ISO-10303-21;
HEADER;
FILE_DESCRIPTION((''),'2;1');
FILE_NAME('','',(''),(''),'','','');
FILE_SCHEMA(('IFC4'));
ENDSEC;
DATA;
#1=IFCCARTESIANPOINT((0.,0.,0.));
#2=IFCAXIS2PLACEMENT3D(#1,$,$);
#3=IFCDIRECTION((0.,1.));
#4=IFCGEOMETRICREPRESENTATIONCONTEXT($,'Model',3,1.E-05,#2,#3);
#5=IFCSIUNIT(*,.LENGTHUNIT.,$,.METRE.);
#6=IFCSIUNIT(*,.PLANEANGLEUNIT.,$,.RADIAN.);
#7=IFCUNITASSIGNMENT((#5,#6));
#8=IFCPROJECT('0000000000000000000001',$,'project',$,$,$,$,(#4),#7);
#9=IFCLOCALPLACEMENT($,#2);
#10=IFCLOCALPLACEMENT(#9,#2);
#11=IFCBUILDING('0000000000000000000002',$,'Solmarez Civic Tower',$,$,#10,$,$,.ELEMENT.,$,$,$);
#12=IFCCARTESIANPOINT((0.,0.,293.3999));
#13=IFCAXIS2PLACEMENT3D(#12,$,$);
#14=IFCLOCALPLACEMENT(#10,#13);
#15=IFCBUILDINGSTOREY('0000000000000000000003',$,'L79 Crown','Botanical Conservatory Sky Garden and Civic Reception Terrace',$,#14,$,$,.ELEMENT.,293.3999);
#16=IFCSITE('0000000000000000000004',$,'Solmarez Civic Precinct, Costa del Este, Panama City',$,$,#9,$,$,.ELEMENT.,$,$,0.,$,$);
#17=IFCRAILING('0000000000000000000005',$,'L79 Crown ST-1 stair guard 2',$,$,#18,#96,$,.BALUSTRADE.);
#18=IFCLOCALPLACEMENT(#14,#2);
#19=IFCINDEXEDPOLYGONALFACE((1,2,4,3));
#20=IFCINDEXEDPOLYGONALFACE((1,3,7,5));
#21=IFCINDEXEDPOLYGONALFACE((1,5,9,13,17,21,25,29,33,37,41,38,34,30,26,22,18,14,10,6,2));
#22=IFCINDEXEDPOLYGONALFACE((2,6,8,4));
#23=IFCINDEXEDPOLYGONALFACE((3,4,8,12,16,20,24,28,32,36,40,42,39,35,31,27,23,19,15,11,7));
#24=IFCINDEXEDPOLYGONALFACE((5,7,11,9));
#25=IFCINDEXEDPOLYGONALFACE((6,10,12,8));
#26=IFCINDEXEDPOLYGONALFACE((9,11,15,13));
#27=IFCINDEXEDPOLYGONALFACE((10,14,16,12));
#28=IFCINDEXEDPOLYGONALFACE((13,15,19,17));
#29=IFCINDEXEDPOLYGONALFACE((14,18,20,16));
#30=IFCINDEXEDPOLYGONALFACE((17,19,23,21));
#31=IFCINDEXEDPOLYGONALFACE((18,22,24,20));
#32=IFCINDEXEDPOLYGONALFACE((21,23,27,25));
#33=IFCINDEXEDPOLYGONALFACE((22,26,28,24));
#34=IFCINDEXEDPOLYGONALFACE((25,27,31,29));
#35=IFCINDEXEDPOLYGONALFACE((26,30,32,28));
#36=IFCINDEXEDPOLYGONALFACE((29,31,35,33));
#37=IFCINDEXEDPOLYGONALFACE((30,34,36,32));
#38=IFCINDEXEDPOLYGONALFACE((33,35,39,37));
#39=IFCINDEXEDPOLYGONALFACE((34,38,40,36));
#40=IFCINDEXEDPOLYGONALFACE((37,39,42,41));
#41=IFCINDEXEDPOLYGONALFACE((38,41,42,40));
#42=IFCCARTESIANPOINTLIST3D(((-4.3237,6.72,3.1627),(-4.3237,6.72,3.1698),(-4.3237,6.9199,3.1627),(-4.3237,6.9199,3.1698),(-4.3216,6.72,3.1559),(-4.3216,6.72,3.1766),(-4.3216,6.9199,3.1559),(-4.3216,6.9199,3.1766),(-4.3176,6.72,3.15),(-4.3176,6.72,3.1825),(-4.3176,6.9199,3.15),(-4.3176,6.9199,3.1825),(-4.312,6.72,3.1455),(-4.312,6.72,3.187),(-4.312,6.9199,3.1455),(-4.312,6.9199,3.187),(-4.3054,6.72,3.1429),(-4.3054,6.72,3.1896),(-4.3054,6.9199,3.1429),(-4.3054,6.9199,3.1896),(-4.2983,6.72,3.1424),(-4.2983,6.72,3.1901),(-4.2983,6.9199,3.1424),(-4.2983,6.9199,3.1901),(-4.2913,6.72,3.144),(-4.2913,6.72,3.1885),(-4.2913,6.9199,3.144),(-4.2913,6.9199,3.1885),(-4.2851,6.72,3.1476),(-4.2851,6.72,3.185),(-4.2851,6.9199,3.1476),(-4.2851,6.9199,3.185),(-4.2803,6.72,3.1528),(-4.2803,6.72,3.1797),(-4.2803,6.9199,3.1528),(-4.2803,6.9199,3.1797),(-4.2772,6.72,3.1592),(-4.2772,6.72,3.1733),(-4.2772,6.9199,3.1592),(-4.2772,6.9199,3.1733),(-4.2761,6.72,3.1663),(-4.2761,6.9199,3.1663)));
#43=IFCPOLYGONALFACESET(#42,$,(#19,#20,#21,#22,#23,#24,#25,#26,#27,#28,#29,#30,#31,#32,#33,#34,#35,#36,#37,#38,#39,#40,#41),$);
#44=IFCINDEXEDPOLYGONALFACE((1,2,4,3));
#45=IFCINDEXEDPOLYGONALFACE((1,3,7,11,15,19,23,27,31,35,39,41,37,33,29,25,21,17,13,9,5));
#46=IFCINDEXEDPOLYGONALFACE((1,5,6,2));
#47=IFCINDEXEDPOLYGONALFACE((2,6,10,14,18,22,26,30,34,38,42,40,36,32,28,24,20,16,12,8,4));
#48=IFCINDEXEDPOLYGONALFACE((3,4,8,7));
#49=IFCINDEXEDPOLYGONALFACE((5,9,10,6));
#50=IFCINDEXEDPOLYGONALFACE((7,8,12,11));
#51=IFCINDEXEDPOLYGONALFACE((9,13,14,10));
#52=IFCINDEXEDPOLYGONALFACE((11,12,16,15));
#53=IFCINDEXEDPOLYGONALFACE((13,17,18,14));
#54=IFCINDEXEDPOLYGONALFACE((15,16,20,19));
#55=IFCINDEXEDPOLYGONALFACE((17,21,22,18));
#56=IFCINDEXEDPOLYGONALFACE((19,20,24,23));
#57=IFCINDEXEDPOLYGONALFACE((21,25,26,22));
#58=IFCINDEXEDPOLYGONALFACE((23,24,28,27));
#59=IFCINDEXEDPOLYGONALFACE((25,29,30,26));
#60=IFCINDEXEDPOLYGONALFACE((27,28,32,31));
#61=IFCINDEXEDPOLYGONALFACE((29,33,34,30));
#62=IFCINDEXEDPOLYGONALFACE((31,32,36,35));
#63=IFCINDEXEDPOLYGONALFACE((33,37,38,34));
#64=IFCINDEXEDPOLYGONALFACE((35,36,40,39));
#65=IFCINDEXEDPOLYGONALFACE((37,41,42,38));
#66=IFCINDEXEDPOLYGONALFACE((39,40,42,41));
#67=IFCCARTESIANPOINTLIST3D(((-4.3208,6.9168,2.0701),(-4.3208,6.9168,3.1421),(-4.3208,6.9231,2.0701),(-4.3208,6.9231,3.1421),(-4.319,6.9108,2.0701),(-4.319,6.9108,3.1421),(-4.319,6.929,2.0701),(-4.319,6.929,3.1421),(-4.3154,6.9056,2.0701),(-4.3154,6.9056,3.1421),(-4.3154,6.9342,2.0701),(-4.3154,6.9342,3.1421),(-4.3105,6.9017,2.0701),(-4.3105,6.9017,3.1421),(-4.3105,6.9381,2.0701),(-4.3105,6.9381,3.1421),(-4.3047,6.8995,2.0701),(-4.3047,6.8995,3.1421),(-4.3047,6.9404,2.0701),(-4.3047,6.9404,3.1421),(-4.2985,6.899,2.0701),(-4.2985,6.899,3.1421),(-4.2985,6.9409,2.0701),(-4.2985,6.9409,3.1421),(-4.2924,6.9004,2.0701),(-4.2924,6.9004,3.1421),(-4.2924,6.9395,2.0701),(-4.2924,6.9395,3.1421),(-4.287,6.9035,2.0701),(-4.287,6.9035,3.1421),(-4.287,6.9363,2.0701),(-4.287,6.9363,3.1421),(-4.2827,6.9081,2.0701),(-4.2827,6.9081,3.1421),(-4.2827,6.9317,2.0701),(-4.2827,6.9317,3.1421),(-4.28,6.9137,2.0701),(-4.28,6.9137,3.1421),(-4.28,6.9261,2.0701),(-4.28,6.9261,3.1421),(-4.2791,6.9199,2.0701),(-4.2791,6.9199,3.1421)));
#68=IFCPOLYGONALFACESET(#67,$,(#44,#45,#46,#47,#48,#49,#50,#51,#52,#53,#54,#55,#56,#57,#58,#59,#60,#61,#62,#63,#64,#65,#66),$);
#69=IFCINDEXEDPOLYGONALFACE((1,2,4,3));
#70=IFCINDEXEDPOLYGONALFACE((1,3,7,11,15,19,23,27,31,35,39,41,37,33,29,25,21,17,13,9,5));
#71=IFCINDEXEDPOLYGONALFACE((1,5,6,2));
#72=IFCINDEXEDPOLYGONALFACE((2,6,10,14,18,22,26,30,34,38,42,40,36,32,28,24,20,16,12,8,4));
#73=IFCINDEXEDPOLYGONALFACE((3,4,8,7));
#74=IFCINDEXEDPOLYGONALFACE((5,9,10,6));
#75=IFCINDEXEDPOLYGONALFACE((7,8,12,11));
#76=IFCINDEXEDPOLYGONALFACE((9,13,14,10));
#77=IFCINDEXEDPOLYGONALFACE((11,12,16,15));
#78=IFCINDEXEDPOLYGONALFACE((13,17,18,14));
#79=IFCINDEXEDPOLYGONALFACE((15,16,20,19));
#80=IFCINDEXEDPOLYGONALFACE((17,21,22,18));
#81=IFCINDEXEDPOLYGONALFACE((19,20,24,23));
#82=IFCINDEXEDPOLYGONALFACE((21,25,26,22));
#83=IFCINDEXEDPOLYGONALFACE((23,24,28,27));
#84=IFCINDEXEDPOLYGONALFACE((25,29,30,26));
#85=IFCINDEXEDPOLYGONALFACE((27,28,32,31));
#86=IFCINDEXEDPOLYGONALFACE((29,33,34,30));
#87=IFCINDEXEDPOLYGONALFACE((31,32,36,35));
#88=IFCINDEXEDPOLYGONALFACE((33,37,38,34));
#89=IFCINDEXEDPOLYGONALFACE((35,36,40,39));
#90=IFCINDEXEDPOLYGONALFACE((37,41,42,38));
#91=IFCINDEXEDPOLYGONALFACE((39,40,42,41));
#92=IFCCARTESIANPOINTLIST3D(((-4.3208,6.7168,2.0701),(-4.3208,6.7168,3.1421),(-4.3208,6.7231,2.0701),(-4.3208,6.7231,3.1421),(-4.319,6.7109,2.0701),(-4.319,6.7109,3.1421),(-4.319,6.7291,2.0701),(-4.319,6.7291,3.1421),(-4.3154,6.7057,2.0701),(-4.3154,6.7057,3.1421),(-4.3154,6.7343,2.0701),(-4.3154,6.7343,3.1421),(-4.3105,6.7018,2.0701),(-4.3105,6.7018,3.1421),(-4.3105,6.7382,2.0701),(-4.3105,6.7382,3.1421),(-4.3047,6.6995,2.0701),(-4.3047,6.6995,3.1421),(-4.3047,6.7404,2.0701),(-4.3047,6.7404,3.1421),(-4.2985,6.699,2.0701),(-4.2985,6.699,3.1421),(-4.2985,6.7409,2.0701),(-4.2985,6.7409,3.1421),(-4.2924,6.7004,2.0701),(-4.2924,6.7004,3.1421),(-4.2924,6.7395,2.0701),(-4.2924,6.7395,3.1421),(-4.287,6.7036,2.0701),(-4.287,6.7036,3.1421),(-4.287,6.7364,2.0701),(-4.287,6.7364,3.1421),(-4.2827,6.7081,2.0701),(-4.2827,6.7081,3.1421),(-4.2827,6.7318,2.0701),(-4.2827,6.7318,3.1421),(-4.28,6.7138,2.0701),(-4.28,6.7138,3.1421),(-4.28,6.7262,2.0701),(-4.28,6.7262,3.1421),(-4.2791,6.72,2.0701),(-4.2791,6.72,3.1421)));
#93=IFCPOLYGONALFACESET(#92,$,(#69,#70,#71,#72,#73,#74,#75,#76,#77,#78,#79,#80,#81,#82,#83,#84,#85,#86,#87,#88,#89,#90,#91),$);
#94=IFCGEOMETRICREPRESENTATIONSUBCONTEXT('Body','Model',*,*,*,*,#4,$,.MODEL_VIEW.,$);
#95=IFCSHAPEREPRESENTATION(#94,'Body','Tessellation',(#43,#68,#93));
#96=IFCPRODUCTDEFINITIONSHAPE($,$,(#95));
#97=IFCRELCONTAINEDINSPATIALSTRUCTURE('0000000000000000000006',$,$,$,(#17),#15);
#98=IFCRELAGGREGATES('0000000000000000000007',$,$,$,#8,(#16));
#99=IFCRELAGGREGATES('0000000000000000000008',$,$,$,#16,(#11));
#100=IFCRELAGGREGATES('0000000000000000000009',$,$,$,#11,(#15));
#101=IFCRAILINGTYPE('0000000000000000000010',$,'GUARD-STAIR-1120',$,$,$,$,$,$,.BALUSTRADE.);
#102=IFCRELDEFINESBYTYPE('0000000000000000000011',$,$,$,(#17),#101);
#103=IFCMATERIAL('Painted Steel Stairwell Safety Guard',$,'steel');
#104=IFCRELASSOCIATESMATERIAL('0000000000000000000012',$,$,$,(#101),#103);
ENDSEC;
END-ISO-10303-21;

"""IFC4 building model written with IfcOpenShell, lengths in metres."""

from ifc_helpers import new_model, si_unit, direction, frame, origin, origin_2d, place, context, subcontext, project, spatial, circle, extrude, material, type_object, element, save


model = new_model("IFC4")

# Units and contexts
model_context = context("Model", 3, precision=1e-05, world=origin(), true_north=direction((0.0, 1.0)))
body_context = subcontext(model_context, "Body", "Model", "MODEL_VIEW")
ifc_project = project(units=[si_unit("LENGTHUNIT", "METRE"), si_unit("PLANEANGLEUNIT", "RADIAN")], contexts=[model_context])

# Site, building, storey
site_placement = place(None, origin())
site = spatial("IfcSite", under=ifc_project, at=site_placement, Name="Solmarez Civic Precinct, Costa del Este, Panama City", CompositionType="ELEMENT", RefElevation=0.0)
building_placement = place(site_placement, origin())
building = spatial("IfcBuilding", under=site, at=building_placement, Name="Solmarez Civic Tower", CompositionType="ELEMENT")
storey_placement = place(building_placement, frame((0.0, 0.0, 293.3999)))
storey = spatial("IfcBuildingStorey", under=building, at=storey_placement, Name="L79 Crown", Description="Botanical Conservatory Sky Garden and Civic Reception Terrace", CompositionType="ELEMENT", Elevation=293.3999)

# Railing
ifc_material_1 = material(Name="Painted Steel Stairwell Safety Guard", Category="steel")
railing_type_1 = type_object("IfcRailingType", Name="GUARD-STAIR-1120", PredefinedType="BALUSTRADE", material=ifc_material_1)
railing_1_placement = place(storey_placement, frame((-4.3, 6.9199, 2.0701)))
element("IfcRailing", 1, at=railing_1_placement, inside=storey, type_object=railing_type_1, Name="L79 Crown ST-1 stair guard 2", PredefinedType="BALUSTRADE", context=body_context, shape_type="SweptSolid", body=[
    extrude(circle(Radius=0.0239, at=origin_2d()), frame((0.0, 0.0, 1.0962), z_axis=(0.0, -1.0, 0.0), x_axis=(1.0, 0.0, 0.0)), (0.0, 0.0, 1.0), 0.2),
    extrude(circle(Radius=0.021, at=origin_2d()), origin(), (0.0, 0.0, 1.0), 1.072),
    extrude(circle(Radius=0.021, at=origin_2d()), frame((0.0, -0.2, 0.0)), (0.0, 0.0, 1.0), 1.072),
])

save(model, "model.ifc")
